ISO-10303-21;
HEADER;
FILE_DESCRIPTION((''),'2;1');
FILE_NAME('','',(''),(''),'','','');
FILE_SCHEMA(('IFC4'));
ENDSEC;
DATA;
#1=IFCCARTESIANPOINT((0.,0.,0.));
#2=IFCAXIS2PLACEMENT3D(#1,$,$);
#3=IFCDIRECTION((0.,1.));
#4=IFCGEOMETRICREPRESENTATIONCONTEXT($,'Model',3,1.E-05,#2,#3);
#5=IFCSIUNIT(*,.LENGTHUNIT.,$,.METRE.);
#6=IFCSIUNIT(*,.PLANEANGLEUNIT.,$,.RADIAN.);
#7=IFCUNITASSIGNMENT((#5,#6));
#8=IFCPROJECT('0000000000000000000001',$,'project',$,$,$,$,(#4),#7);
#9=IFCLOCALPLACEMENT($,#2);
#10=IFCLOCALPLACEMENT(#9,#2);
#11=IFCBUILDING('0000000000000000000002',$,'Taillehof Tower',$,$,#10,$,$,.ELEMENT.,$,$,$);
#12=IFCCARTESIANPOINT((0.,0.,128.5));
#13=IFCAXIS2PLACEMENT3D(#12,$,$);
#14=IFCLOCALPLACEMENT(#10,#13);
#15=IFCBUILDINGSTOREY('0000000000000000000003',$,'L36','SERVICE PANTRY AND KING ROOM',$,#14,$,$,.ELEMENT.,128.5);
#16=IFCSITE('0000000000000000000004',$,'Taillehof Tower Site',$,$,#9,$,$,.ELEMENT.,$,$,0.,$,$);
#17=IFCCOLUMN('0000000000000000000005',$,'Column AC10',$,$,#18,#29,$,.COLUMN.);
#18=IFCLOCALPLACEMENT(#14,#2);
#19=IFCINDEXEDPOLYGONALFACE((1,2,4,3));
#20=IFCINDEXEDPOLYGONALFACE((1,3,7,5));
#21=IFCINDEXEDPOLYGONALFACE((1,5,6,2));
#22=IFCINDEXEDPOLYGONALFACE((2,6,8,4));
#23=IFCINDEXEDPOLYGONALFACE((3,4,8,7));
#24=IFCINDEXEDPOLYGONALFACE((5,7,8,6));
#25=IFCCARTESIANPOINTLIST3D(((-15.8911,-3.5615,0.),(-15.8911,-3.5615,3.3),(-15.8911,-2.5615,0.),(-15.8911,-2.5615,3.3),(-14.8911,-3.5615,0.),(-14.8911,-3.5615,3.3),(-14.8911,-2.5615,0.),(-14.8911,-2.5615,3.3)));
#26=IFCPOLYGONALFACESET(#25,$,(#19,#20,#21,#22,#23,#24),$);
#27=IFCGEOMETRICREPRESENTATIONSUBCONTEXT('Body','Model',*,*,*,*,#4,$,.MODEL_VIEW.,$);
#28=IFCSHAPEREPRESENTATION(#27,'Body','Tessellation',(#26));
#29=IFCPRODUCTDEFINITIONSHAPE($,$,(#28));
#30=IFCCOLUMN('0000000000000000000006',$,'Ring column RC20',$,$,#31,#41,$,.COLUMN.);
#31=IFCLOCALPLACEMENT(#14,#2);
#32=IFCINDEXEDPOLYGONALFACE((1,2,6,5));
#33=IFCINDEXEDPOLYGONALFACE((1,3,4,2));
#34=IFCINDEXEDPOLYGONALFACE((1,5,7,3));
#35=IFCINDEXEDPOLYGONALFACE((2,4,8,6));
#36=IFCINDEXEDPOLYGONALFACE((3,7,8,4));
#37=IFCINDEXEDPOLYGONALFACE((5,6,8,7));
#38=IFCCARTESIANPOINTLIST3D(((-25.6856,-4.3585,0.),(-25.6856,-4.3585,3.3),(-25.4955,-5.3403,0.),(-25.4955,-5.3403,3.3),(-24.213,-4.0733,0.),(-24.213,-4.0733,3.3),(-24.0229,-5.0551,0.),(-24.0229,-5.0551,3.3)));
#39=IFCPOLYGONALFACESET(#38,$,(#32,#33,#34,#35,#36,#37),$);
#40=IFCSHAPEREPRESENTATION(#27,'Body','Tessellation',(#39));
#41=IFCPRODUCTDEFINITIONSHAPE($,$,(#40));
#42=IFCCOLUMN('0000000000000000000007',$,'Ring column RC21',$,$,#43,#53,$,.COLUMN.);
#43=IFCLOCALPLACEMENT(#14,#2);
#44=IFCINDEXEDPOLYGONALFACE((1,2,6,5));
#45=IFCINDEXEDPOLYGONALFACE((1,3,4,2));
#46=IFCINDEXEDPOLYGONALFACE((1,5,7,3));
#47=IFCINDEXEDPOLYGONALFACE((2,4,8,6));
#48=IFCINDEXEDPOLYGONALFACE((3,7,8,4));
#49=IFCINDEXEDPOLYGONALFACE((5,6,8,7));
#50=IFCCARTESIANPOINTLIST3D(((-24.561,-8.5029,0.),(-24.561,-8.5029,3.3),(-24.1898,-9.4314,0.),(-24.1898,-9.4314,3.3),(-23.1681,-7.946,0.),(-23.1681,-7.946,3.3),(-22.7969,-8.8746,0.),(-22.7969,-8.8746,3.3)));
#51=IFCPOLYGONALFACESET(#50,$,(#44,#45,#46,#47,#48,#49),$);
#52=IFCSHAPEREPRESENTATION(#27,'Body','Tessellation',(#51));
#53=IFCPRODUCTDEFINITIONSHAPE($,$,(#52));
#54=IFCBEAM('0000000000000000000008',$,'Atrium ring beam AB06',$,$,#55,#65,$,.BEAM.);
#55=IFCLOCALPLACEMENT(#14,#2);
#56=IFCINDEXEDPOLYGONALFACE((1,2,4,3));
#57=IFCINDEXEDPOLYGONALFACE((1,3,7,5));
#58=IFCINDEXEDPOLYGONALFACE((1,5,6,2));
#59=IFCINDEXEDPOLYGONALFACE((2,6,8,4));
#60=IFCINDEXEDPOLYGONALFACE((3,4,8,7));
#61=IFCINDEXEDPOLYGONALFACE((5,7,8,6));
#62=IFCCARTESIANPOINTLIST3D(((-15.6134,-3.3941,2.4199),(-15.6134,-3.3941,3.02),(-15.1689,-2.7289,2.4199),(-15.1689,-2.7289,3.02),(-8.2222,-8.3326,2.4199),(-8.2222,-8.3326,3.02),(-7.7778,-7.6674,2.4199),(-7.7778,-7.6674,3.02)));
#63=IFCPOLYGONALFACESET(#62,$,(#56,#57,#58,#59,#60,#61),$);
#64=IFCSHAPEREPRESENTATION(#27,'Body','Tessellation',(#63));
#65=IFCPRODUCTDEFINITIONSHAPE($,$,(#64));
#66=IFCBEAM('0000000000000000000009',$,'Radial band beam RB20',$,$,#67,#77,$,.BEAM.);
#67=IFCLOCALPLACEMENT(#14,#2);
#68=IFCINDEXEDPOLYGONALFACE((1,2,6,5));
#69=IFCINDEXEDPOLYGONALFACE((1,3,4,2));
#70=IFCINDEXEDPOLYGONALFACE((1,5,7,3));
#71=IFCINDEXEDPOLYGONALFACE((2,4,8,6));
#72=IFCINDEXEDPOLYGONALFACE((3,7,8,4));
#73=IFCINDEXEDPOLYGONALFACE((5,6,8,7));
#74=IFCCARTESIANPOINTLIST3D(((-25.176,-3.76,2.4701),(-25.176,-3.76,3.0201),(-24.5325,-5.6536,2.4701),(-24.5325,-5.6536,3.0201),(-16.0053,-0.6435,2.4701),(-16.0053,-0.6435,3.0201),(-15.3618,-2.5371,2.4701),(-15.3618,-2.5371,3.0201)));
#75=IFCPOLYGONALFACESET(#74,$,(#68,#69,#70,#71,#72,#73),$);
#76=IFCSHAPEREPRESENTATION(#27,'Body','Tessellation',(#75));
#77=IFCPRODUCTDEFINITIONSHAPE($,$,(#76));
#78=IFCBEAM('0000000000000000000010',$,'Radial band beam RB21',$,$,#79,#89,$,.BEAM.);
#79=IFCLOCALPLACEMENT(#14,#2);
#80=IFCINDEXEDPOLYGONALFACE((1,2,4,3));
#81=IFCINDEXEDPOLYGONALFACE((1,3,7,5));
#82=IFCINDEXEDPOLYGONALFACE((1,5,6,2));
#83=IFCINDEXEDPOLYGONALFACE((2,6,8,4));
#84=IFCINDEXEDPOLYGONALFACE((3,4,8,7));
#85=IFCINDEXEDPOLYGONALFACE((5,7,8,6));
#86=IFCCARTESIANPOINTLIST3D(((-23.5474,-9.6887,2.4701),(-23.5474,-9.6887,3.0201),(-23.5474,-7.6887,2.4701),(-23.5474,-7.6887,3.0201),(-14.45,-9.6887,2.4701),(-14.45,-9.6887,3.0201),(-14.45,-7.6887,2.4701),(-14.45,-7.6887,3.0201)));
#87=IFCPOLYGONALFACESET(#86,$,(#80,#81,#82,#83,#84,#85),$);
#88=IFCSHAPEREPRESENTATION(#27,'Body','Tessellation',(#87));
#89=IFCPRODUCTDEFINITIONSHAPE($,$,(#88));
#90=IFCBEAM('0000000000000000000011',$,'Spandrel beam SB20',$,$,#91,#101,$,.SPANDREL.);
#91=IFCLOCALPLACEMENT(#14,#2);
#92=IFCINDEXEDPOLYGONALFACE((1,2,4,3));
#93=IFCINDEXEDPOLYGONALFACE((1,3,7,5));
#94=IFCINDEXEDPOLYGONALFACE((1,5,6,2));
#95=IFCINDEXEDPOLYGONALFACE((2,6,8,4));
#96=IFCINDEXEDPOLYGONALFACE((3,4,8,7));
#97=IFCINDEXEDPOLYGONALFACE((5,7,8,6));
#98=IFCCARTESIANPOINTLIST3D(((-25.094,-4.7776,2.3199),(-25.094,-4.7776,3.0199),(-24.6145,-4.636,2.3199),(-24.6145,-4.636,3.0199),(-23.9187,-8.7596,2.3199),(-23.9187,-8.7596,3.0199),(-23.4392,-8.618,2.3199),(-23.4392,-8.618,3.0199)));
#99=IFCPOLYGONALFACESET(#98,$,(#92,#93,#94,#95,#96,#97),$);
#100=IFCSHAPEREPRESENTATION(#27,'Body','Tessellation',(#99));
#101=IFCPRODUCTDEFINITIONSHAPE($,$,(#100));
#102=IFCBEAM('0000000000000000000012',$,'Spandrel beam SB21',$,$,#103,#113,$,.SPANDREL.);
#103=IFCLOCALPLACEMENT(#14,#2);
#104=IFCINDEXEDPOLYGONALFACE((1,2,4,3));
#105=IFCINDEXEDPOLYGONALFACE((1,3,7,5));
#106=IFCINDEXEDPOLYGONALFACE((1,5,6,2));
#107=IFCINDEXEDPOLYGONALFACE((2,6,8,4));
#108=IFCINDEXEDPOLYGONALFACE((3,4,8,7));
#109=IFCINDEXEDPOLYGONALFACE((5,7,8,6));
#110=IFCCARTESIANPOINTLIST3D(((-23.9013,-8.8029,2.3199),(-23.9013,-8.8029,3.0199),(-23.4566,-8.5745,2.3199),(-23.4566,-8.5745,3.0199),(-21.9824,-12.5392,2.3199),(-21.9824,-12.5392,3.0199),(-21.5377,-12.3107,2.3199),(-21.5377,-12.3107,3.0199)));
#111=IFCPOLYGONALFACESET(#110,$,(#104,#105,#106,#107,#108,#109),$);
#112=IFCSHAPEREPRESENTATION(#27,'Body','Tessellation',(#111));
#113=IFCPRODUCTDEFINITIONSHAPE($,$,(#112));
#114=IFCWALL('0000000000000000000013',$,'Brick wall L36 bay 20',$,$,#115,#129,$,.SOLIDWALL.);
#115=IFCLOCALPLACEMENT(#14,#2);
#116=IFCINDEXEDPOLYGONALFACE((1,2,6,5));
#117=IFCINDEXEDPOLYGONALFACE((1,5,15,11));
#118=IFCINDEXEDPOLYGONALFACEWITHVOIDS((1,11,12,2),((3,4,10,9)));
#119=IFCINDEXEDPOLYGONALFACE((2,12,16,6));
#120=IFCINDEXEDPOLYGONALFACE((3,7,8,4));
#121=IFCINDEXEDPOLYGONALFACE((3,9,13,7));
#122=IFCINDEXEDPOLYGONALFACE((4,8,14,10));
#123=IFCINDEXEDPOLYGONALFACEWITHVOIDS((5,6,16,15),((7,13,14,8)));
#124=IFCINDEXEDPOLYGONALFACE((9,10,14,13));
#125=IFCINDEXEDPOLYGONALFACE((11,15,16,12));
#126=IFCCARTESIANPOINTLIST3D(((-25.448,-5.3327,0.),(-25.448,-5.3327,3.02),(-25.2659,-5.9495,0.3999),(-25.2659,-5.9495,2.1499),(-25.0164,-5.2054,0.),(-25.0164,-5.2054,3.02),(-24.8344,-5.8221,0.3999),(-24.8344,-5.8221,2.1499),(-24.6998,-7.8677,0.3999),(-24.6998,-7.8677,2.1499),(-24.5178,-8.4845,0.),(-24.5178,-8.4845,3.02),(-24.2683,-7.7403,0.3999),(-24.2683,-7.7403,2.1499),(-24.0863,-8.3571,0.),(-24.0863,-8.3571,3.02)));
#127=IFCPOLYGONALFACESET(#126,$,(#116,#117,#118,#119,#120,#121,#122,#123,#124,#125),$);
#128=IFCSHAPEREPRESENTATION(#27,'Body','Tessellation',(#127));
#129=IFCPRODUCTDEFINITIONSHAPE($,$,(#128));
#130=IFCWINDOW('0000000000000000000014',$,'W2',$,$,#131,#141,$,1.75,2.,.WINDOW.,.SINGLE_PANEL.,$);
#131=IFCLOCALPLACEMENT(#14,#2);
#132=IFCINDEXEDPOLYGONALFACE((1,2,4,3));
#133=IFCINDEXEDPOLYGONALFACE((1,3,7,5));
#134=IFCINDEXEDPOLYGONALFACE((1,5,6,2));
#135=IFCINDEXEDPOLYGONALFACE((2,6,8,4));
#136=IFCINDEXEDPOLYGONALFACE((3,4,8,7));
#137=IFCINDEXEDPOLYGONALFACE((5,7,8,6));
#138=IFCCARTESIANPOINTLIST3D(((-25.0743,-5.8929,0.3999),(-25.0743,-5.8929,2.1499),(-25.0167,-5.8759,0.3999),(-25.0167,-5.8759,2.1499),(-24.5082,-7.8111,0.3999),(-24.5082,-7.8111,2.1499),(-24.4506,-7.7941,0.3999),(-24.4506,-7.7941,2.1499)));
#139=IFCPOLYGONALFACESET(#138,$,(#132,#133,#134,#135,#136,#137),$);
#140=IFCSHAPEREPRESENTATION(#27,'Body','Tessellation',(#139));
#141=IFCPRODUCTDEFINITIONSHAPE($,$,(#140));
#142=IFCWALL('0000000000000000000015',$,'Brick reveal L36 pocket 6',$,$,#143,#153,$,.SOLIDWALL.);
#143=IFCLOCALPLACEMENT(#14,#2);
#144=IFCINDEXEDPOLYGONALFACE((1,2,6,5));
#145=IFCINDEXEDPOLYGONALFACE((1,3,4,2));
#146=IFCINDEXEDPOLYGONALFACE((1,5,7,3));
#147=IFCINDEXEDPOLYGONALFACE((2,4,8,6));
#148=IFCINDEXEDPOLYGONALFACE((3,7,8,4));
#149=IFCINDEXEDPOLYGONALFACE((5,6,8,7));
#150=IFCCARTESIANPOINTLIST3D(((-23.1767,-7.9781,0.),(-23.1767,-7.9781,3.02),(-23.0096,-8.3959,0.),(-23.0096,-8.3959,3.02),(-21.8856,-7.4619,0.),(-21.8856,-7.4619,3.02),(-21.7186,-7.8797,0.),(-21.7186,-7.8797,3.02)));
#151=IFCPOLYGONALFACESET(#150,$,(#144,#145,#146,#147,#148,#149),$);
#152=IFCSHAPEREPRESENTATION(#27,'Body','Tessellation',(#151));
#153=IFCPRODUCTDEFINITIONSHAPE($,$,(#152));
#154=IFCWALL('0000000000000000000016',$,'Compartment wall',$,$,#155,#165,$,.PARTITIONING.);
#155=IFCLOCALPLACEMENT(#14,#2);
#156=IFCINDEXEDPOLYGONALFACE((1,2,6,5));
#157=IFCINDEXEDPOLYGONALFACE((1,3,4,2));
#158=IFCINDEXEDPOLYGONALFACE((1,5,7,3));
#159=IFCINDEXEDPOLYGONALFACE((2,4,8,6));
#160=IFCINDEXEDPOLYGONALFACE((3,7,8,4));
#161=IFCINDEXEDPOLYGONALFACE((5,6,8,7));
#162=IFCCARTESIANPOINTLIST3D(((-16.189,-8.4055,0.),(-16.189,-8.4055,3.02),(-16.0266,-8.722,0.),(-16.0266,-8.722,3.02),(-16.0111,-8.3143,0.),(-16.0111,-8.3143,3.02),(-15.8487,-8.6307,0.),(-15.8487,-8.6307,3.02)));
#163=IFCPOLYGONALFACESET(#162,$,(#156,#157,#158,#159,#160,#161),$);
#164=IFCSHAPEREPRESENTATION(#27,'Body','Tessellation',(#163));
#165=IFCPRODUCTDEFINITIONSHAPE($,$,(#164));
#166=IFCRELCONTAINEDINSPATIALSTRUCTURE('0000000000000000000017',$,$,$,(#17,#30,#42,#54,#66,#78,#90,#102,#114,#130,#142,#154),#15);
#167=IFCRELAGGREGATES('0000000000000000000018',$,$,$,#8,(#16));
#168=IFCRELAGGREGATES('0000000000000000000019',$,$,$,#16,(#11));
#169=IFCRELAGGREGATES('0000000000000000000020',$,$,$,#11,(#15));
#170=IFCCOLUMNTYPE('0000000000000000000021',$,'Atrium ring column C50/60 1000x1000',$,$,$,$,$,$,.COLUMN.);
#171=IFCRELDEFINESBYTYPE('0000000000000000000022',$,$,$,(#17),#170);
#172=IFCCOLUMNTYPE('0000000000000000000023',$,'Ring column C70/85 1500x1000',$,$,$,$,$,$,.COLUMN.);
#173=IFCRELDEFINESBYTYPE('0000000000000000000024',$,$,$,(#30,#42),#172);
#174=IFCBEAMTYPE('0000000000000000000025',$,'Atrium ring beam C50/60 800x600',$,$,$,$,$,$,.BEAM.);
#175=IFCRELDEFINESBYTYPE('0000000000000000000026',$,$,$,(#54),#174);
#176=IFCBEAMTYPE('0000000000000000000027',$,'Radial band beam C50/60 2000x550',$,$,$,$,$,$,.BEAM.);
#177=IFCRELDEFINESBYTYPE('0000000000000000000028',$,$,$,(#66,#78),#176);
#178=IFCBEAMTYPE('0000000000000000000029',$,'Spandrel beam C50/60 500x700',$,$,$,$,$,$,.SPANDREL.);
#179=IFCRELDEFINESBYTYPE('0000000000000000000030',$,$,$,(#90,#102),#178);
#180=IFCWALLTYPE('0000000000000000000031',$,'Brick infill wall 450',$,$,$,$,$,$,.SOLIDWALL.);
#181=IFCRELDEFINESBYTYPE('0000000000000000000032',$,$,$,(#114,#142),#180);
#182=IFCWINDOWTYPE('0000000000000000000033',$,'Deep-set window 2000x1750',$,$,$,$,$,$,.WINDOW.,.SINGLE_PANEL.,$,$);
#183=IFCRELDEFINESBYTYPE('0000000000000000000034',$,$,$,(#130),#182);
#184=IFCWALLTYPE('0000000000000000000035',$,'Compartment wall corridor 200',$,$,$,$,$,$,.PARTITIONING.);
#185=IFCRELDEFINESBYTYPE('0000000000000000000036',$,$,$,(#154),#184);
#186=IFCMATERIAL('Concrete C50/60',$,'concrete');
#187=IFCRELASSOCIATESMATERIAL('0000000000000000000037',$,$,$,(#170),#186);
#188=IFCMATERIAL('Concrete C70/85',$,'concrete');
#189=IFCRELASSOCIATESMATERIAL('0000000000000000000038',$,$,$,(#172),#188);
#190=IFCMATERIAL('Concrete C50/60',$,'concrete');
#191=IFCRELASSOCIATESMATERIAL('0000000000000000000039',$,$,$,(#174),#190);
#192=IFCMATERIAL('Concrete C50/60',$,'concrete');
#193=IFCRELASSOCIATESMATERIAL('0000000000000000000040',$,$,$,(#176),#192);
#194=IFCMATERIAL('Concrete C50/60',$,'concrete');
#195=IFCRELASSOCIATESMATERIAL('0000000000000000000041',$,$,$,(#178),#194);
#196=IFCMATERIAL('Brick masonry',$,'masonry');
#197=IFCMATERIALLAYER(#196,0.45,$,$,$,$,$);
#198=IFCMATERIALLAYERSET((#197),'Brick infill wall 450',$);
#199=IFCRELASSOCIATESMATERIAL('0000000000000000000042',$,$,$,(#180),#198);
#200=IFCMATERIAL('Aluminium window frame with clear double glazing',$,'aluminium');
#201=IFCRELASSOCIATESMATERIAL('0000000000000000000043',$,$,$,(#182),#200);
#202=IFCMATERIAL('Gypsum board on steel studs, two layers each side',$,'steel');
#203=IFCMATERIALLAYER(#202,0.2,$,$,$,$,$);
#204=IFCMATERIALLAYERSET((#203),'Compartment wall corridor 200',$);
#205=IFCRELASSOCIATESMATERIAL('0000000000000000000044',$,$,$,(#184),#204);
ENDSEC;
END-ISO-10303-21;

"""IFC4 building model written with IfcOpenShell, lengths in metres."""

from ifc_helpers import new_model, si_unit, direction, frame, frame_2d, origin, origin_2d, place, context, subcontext, project, spatial, rectangle, extrude, material, layer, layer_set, material_profile, profile_set, type_object, element, fill, save


model = new_model("IFC4")

# Units and contexts
model_context = context("Model", 3, precision=1e-05, world=origin(), true_north=direction((0.0, 1.0)))
body_context = subcontext(model_context, "Body", "Model", "MODEL_VIEW")
ifc_project = project(units=[si_unit("LENGTHUNIT", "METRE"), si_unit("PLANEANGLEUNIT", "RADIAN")], contexts=[model_context])

# Site, building, storey
site_placement = place(None, origin())
site = spatial("IfcSite", under=ifc_project, at=site_placement, Name="Taillehof Tower Site", CompositionType="ELEMENT", RefElevation=0.0)
building_placement = place(site_placement, origin())
building = spatial("IfcBuilding", under=site, at=building_placement, Name="Taillehof Tower", CompositionType="ELEMENT")
storey_placement = place(building_placement, frame((0.0, 0.0, 128.5)))
storey = spatial("IfcBuildingStorey", under=building, at=storey_placement, Name="L36", Description="SERVICE PANTRY AND KING ROOM", CompositionType="ELEMENT", Elevation=128.5)

# Columns
ifc_material_1 = material(Name="Concrete C50/60", Category="concrete")
ifc_material_profile_1 = material_profile(ifc_material_1, rectangle(XDim=1.0, YDim=1.0, at=origin_2d()), Name="RC 1000x1000")
ifc_profile_set_1 = profile_set([ifc_material_profile_1], Name="Concrete C50/60")
column_type_1 = type_object("IfcColumnType", Name="Atrium ring column C50/60 1000x1000", PredefinedType="COLUMN", material=ifc_profile_set_1)
column_placement = place(storey_placement, frame((-15.3911, -3.0615, 0.0), z_axis=(0.0, 0.0, 1.0), x_axis=(1.0, 0.0, 0.0)))
element("IfcColumn", 1, at=column_placement, inside=storey, type_object=column_type_1, Name="Column AC10", PredefinedType="COLUMN", context=body_context, shape_type="SweptSolid", body=[
    extrude(rectangle(XDim=1.0, YDim=1.0, at=origin_2d()), origin(), (0.0, 0.0, 1.0), 3.3),
])
ifc_material_2 = material(Name="Concrete C70/85", Category="concrete")
ifc_material_profile_2 = material_profile(ifc_material_2, rectangle(XDim=1.5, YDim=1.0, at=origin_2d()), Name="RC 1500x1000")
ifc_profile_set_2 = profile_set([ifc_material_profile_2], Name="Concrete C70/85")
column_type_2 = type_object("IfcColumnType", Name="Ring column C70/85 1500x1000", PredefinedType="COLUMN", material=ifc_profile_set_2)
for number, where, z_axis, x_axis, name in (
    (2, (-24.8542, -4.7068, 0.0), (0.0, 0.0, 1.0), (-0.981757, -0.190138, 0.0), "Ring column RC20"),
    (3, (-23.679, -8.6887, 0.0), (0.0, 0.0, 1.0), (-0.92855, -0.371207, 0.0), "Ring column RC21"),
):
    element("IfcColumn", number, at=place(storey_placement, frame(where, z_axis=z_axis, x_axis=x_axis)), inside=storey, type_object=column_type_2, Name=name, PredefinedType="COLUMN", context=body_context, shape_type="SweptSolid", body=[
        extrude(rectangle(XDim=1.5, YDim=1.0, at=origin_2d()), origin(), (0.0, 0.0, 1.0), 3.3),
    ])

# Beams
ifc_material_3 = material(Name="Concrete C50/60", Category="concrete")
ifc_material_profile_3 = material_profile(ifc_material_3, rectangle(XDim=0.8, YDim=0.6001, at=origin_2d()), Name="RC 800x600")
ifc_profile_set_3 = profile_set([ifc_material_profile_3], Name="Concrete C50/60")
beam_type_1 = type_object("IfcBeamType", Name="Atrium ring beam C50/60 800x600", PredefinedType="BEAM", material=ifc_profile_set_3)
beam_1_placement = place(storey_placement, frame((-15.3911, -3.0615, 2.72), z_axis=(0.831475, -0.555562, 0.0), x_axis=(0.555562, 0.831475, 0.0)))
element("IfcBeam", 4, at=beam_1_placement, inside=storey, type_object=beam_type_1, Name="Atrium ring beam AB06", PredefinedType="BEAM", context=body_context, shape_type="SweptSolid", body=[
    extrude(rectangle(XDim=0.8, YDim=0.6001, at=origin_2d()), origin(), (0.0, 0.0, 1.0), 8.8892),
])
ifc_material_4 = material(Name="Concrete C50/60", Category="concrete")
ifc_material_profile_4 = material_profile(ifc_material_4, rectangle(XDim=2.0, YDim=0.55, at=origin_2d()), Name="RC 2000x550")
ifc_profile_set_4 = profile_set([ifc_material_profile_4], Name="Concrete C50/60")
beam_type_2 = type_object("IfcBeamType", Name="Radial band beam C50/60 2000x550", PredefinedType="BEAM", material=ifc_profile_set_4)
beam_2_placement = place(storey_placement, frame((-24.8542, -4.7068, 2.7451), z_axis=(0.946822, 0.321758, 0.0), x_axis=(-0.321758, 0.946822, 0.0)))
element("IfcBeam", 5, at=beam_2_placement, inside=storey, type_object=beam_type_2, Name="Radial band beam RB20", PredefinedType="BEAM", context=body_context, shape_type="SweptSolid", body=[
    extrude(rectangle(XDim=2.0, YDim=0.55, at=origin_2d()), origin(), (0.0, 0.0, 1.0), 9.6858),
])
beam_3_placement = place(storey_placement, frame((-23.5474, -8.6887, 2.7451), z_axis=(1.0, 0.0, 0.0), x_axis=(0.0, 1.0, 0.0)))
element("IfcBeam", 6, at=beam_3_placement, inside=storey, type_object=beam_type_2, Name="Radial band beam RB21", PredefinedType="BEAM", context=body_context, shape_type="SweptSolid", body=[
    extrude(rectangle(XDim=2.0, YDim=0.55, at=origin_2d()), origin(), (0.0, 0.0, 1.0), 9.0974),
])
ifc_material_5 = material(Name="Concrete C50/60", Category="concrete")
ifc_material_profile_5 = material_profile(ifc_material_5, rectangle(XDim=0.5, YDim=0.7, at=origin_2d()), Name="RC 500x700")
ifc_profile_set_5 = profile_set([ifc_material_profile_5], Name="Concrete C50/60")
beam_type_3 = type_object("IfcBeamType", Name="Spandrel beam C50/60 500x700", PredefinedType="SPANDREL", material=ifc_profile_set_5)
beam_4_placement = place(storey_placement, frame((-24.8542, -4.7068, 2.6699), z_axis=(0.283083, -0.959095, 0.0), x_axis=(0.959095, 0.283083, 0.0)))
element("IfcBeam", 7, at=beam_4_placement, inside=storey, type_object=beam_type_3, Name="Spandrel beam SB20", PredefinedType="SPANDREL", context=body_context, shape_type="SweptSolid", body=[
    extrude(rectangle(XDim=0.5, YDim=0.7, at=origin_2d()), origin(), (0.0, 0.0, 1.0), 4.1519),
])
beam_5_placement = place(storey_placement, frame((-23.679, -8.6887, 2.6699), z_axis=(0.456859, -0.889539, 0.0), x_axis=(0.889539, 0.456859, 0.0)))
element("IfcBeam", 8, at=beam_5_placement, inside=storey, type_object=beam_type_3, Name="Spandrel beam SB21", PredefinedType="SPANDREL", context=body_context, shape_type="SweptSolid", body=[
    extrude(rectangle(XDim=0.5, YDim=0.7, at=origin_2d()), origin(), (0.0, 0.0, 1.0), 4.2002),
])

# Wall, opening, window
ifc_material_6 = material(Name="Brick masonry", Category="masonry")
ifc_layer_1 = layer(ifc_material_6, 0.45)
ifc_layer_set_1 = layer_set([ifc_layer_1], Name="Brick infill wall 450")
wall_type_1 = type_object("IfcWallType", Name="Brick infill wall 450", PredefinedType="SOLIDWALL", material=ifc_layer_set_1)
wall_1_placement = place(storey_placement, frame((-25.2322, -5.269, 0.0), z_axis=(0.0, 0.0, 1.0), x_axis=(0.283051, -0.959105, 0.0)))
wall_1 = element("IfcWall", 9, at=wall_1_placement, inside=storey, type_object=wall_type_1, Name="Brick wall L36 bay 20", PredefinedType="SOLIDWALL", context=body_context, shape_type="SweptSolid", body=[
    extrude(rectangle(XDim=3.2861, YDim=0.45, at=frame_2d((1.6431, 0.0))), origin(), (0.0, 0.0, 1.0), 3.02),
])
opening_1_placement = place(wall_1_placement, frame((0.6431, 0.0, 0.3999)))
opening_1 = element("IfcOpeningElement", 10, at=opening_1_placement, cuts=wall_1, PredefinedType="OPENING", context=body_context, shape_type="SweptSolid", body=[
    extrude(rectangle(XDim=2.0, YDim=1.75, at=frame_2d((1.0, 0.875))), frame((0.0, 0.2349, 0.0), z_axis=(0.0, -1.0, 0.0), x_axis=(1.0, 0.0, 0.0)), (0.0, 0.0, 1.0), 0.47),
])
ifc_material_7 = material(Name="Aluminium window frame with clear double glazing", Category="aluminium")
window_type_1 = type_object("IfcWindowType", Name="Deep-set window 2000x1750", PartitioningType="SINGLE_PANEL", PredefinedType="WINDOW", material=ifc_material_7)
window_1_placement = place(opening_1_placement, origin())
window_1 = element("IfcWindow", 11, at=window_1_placement, inside=storey, type_object=window_type_1, Name="W2", OverallHeight=1.75, OverallWidth=2.0, PartitioningType="SINGLE_PANEL", PredefinedType="WINDOW", context=body_context, shape_type="SweptSolid", body=[
    extrude(rectangle(XDim=2.0, YDim=1.75, at=frame_2d((1.0, 0.875))), frame((0.0, 0.0349, 0.0), z_axis=(0.0, -1.0, 0.0), x_axis=(1.0, 0.0, 0.0)), (0.0, 0.0, 1.0), 0.0601),
])
fill(opening_1, window_1)

# Wall
wall_2_placement = place(storey_placement, frame((-23.0933, -8.187, 0.0), z_axis=(0.0, 0.0, 1.0), x_axis=(0.928549, 0.371209, 0.0)))
element("IfcWall", 12, at=wall_2_placement, inside=storey, type_object=wall_type_1, Name="Brick reveal L36 pocket 6", PredefinedType="SOLIDWALL", context=body_context, shape_type="SweptSolid", body=[
    extrude(rectangle(XDim=1.3904, YDim=0.45, at=frame_2d((0.6953, 0.0))), origin(), (0.0, 0.0, 1.0), 3.02),
])

# Wall
ifc_material_8 = material(Name="Gypsum board on steel studs, two layers each side", Category="steel")
ifc_layer_2 = layer(ifc_material_8, 0.2)
ifc_layer_set_2 = layer_set([ifc_layer_2], Name="Compartment wall corridor 200")
wall_type_2 = type_object("IfcWallType", Name="Compartment wall corridor 200", PredefinedType="PARTITIONING", material=ifc_layer_set_2)
wall_3_placement = place(storey_placement, frame((-15.9377, -8.6763, 0.0), z_axis=(0.0, 0.0, 1.0), x_axis=(-0.456526, 0.88971, 0.0)))
element("IfcWall", 13, at=wall_3_placement, inside=storey, type_object=wall_type_2, Name="Compartment wall", PredefinedType="PARTITIONING", context=body_context, shape_type="SweptSolid", body=[
    extrude(rectangle(XDim=0.3557, YDim=0.2, at=frame_2d((0.1777, 0.0))), origin(), (0.0, 0.0, 1.0), 3.02),
])

save(model, "model.ifc")
